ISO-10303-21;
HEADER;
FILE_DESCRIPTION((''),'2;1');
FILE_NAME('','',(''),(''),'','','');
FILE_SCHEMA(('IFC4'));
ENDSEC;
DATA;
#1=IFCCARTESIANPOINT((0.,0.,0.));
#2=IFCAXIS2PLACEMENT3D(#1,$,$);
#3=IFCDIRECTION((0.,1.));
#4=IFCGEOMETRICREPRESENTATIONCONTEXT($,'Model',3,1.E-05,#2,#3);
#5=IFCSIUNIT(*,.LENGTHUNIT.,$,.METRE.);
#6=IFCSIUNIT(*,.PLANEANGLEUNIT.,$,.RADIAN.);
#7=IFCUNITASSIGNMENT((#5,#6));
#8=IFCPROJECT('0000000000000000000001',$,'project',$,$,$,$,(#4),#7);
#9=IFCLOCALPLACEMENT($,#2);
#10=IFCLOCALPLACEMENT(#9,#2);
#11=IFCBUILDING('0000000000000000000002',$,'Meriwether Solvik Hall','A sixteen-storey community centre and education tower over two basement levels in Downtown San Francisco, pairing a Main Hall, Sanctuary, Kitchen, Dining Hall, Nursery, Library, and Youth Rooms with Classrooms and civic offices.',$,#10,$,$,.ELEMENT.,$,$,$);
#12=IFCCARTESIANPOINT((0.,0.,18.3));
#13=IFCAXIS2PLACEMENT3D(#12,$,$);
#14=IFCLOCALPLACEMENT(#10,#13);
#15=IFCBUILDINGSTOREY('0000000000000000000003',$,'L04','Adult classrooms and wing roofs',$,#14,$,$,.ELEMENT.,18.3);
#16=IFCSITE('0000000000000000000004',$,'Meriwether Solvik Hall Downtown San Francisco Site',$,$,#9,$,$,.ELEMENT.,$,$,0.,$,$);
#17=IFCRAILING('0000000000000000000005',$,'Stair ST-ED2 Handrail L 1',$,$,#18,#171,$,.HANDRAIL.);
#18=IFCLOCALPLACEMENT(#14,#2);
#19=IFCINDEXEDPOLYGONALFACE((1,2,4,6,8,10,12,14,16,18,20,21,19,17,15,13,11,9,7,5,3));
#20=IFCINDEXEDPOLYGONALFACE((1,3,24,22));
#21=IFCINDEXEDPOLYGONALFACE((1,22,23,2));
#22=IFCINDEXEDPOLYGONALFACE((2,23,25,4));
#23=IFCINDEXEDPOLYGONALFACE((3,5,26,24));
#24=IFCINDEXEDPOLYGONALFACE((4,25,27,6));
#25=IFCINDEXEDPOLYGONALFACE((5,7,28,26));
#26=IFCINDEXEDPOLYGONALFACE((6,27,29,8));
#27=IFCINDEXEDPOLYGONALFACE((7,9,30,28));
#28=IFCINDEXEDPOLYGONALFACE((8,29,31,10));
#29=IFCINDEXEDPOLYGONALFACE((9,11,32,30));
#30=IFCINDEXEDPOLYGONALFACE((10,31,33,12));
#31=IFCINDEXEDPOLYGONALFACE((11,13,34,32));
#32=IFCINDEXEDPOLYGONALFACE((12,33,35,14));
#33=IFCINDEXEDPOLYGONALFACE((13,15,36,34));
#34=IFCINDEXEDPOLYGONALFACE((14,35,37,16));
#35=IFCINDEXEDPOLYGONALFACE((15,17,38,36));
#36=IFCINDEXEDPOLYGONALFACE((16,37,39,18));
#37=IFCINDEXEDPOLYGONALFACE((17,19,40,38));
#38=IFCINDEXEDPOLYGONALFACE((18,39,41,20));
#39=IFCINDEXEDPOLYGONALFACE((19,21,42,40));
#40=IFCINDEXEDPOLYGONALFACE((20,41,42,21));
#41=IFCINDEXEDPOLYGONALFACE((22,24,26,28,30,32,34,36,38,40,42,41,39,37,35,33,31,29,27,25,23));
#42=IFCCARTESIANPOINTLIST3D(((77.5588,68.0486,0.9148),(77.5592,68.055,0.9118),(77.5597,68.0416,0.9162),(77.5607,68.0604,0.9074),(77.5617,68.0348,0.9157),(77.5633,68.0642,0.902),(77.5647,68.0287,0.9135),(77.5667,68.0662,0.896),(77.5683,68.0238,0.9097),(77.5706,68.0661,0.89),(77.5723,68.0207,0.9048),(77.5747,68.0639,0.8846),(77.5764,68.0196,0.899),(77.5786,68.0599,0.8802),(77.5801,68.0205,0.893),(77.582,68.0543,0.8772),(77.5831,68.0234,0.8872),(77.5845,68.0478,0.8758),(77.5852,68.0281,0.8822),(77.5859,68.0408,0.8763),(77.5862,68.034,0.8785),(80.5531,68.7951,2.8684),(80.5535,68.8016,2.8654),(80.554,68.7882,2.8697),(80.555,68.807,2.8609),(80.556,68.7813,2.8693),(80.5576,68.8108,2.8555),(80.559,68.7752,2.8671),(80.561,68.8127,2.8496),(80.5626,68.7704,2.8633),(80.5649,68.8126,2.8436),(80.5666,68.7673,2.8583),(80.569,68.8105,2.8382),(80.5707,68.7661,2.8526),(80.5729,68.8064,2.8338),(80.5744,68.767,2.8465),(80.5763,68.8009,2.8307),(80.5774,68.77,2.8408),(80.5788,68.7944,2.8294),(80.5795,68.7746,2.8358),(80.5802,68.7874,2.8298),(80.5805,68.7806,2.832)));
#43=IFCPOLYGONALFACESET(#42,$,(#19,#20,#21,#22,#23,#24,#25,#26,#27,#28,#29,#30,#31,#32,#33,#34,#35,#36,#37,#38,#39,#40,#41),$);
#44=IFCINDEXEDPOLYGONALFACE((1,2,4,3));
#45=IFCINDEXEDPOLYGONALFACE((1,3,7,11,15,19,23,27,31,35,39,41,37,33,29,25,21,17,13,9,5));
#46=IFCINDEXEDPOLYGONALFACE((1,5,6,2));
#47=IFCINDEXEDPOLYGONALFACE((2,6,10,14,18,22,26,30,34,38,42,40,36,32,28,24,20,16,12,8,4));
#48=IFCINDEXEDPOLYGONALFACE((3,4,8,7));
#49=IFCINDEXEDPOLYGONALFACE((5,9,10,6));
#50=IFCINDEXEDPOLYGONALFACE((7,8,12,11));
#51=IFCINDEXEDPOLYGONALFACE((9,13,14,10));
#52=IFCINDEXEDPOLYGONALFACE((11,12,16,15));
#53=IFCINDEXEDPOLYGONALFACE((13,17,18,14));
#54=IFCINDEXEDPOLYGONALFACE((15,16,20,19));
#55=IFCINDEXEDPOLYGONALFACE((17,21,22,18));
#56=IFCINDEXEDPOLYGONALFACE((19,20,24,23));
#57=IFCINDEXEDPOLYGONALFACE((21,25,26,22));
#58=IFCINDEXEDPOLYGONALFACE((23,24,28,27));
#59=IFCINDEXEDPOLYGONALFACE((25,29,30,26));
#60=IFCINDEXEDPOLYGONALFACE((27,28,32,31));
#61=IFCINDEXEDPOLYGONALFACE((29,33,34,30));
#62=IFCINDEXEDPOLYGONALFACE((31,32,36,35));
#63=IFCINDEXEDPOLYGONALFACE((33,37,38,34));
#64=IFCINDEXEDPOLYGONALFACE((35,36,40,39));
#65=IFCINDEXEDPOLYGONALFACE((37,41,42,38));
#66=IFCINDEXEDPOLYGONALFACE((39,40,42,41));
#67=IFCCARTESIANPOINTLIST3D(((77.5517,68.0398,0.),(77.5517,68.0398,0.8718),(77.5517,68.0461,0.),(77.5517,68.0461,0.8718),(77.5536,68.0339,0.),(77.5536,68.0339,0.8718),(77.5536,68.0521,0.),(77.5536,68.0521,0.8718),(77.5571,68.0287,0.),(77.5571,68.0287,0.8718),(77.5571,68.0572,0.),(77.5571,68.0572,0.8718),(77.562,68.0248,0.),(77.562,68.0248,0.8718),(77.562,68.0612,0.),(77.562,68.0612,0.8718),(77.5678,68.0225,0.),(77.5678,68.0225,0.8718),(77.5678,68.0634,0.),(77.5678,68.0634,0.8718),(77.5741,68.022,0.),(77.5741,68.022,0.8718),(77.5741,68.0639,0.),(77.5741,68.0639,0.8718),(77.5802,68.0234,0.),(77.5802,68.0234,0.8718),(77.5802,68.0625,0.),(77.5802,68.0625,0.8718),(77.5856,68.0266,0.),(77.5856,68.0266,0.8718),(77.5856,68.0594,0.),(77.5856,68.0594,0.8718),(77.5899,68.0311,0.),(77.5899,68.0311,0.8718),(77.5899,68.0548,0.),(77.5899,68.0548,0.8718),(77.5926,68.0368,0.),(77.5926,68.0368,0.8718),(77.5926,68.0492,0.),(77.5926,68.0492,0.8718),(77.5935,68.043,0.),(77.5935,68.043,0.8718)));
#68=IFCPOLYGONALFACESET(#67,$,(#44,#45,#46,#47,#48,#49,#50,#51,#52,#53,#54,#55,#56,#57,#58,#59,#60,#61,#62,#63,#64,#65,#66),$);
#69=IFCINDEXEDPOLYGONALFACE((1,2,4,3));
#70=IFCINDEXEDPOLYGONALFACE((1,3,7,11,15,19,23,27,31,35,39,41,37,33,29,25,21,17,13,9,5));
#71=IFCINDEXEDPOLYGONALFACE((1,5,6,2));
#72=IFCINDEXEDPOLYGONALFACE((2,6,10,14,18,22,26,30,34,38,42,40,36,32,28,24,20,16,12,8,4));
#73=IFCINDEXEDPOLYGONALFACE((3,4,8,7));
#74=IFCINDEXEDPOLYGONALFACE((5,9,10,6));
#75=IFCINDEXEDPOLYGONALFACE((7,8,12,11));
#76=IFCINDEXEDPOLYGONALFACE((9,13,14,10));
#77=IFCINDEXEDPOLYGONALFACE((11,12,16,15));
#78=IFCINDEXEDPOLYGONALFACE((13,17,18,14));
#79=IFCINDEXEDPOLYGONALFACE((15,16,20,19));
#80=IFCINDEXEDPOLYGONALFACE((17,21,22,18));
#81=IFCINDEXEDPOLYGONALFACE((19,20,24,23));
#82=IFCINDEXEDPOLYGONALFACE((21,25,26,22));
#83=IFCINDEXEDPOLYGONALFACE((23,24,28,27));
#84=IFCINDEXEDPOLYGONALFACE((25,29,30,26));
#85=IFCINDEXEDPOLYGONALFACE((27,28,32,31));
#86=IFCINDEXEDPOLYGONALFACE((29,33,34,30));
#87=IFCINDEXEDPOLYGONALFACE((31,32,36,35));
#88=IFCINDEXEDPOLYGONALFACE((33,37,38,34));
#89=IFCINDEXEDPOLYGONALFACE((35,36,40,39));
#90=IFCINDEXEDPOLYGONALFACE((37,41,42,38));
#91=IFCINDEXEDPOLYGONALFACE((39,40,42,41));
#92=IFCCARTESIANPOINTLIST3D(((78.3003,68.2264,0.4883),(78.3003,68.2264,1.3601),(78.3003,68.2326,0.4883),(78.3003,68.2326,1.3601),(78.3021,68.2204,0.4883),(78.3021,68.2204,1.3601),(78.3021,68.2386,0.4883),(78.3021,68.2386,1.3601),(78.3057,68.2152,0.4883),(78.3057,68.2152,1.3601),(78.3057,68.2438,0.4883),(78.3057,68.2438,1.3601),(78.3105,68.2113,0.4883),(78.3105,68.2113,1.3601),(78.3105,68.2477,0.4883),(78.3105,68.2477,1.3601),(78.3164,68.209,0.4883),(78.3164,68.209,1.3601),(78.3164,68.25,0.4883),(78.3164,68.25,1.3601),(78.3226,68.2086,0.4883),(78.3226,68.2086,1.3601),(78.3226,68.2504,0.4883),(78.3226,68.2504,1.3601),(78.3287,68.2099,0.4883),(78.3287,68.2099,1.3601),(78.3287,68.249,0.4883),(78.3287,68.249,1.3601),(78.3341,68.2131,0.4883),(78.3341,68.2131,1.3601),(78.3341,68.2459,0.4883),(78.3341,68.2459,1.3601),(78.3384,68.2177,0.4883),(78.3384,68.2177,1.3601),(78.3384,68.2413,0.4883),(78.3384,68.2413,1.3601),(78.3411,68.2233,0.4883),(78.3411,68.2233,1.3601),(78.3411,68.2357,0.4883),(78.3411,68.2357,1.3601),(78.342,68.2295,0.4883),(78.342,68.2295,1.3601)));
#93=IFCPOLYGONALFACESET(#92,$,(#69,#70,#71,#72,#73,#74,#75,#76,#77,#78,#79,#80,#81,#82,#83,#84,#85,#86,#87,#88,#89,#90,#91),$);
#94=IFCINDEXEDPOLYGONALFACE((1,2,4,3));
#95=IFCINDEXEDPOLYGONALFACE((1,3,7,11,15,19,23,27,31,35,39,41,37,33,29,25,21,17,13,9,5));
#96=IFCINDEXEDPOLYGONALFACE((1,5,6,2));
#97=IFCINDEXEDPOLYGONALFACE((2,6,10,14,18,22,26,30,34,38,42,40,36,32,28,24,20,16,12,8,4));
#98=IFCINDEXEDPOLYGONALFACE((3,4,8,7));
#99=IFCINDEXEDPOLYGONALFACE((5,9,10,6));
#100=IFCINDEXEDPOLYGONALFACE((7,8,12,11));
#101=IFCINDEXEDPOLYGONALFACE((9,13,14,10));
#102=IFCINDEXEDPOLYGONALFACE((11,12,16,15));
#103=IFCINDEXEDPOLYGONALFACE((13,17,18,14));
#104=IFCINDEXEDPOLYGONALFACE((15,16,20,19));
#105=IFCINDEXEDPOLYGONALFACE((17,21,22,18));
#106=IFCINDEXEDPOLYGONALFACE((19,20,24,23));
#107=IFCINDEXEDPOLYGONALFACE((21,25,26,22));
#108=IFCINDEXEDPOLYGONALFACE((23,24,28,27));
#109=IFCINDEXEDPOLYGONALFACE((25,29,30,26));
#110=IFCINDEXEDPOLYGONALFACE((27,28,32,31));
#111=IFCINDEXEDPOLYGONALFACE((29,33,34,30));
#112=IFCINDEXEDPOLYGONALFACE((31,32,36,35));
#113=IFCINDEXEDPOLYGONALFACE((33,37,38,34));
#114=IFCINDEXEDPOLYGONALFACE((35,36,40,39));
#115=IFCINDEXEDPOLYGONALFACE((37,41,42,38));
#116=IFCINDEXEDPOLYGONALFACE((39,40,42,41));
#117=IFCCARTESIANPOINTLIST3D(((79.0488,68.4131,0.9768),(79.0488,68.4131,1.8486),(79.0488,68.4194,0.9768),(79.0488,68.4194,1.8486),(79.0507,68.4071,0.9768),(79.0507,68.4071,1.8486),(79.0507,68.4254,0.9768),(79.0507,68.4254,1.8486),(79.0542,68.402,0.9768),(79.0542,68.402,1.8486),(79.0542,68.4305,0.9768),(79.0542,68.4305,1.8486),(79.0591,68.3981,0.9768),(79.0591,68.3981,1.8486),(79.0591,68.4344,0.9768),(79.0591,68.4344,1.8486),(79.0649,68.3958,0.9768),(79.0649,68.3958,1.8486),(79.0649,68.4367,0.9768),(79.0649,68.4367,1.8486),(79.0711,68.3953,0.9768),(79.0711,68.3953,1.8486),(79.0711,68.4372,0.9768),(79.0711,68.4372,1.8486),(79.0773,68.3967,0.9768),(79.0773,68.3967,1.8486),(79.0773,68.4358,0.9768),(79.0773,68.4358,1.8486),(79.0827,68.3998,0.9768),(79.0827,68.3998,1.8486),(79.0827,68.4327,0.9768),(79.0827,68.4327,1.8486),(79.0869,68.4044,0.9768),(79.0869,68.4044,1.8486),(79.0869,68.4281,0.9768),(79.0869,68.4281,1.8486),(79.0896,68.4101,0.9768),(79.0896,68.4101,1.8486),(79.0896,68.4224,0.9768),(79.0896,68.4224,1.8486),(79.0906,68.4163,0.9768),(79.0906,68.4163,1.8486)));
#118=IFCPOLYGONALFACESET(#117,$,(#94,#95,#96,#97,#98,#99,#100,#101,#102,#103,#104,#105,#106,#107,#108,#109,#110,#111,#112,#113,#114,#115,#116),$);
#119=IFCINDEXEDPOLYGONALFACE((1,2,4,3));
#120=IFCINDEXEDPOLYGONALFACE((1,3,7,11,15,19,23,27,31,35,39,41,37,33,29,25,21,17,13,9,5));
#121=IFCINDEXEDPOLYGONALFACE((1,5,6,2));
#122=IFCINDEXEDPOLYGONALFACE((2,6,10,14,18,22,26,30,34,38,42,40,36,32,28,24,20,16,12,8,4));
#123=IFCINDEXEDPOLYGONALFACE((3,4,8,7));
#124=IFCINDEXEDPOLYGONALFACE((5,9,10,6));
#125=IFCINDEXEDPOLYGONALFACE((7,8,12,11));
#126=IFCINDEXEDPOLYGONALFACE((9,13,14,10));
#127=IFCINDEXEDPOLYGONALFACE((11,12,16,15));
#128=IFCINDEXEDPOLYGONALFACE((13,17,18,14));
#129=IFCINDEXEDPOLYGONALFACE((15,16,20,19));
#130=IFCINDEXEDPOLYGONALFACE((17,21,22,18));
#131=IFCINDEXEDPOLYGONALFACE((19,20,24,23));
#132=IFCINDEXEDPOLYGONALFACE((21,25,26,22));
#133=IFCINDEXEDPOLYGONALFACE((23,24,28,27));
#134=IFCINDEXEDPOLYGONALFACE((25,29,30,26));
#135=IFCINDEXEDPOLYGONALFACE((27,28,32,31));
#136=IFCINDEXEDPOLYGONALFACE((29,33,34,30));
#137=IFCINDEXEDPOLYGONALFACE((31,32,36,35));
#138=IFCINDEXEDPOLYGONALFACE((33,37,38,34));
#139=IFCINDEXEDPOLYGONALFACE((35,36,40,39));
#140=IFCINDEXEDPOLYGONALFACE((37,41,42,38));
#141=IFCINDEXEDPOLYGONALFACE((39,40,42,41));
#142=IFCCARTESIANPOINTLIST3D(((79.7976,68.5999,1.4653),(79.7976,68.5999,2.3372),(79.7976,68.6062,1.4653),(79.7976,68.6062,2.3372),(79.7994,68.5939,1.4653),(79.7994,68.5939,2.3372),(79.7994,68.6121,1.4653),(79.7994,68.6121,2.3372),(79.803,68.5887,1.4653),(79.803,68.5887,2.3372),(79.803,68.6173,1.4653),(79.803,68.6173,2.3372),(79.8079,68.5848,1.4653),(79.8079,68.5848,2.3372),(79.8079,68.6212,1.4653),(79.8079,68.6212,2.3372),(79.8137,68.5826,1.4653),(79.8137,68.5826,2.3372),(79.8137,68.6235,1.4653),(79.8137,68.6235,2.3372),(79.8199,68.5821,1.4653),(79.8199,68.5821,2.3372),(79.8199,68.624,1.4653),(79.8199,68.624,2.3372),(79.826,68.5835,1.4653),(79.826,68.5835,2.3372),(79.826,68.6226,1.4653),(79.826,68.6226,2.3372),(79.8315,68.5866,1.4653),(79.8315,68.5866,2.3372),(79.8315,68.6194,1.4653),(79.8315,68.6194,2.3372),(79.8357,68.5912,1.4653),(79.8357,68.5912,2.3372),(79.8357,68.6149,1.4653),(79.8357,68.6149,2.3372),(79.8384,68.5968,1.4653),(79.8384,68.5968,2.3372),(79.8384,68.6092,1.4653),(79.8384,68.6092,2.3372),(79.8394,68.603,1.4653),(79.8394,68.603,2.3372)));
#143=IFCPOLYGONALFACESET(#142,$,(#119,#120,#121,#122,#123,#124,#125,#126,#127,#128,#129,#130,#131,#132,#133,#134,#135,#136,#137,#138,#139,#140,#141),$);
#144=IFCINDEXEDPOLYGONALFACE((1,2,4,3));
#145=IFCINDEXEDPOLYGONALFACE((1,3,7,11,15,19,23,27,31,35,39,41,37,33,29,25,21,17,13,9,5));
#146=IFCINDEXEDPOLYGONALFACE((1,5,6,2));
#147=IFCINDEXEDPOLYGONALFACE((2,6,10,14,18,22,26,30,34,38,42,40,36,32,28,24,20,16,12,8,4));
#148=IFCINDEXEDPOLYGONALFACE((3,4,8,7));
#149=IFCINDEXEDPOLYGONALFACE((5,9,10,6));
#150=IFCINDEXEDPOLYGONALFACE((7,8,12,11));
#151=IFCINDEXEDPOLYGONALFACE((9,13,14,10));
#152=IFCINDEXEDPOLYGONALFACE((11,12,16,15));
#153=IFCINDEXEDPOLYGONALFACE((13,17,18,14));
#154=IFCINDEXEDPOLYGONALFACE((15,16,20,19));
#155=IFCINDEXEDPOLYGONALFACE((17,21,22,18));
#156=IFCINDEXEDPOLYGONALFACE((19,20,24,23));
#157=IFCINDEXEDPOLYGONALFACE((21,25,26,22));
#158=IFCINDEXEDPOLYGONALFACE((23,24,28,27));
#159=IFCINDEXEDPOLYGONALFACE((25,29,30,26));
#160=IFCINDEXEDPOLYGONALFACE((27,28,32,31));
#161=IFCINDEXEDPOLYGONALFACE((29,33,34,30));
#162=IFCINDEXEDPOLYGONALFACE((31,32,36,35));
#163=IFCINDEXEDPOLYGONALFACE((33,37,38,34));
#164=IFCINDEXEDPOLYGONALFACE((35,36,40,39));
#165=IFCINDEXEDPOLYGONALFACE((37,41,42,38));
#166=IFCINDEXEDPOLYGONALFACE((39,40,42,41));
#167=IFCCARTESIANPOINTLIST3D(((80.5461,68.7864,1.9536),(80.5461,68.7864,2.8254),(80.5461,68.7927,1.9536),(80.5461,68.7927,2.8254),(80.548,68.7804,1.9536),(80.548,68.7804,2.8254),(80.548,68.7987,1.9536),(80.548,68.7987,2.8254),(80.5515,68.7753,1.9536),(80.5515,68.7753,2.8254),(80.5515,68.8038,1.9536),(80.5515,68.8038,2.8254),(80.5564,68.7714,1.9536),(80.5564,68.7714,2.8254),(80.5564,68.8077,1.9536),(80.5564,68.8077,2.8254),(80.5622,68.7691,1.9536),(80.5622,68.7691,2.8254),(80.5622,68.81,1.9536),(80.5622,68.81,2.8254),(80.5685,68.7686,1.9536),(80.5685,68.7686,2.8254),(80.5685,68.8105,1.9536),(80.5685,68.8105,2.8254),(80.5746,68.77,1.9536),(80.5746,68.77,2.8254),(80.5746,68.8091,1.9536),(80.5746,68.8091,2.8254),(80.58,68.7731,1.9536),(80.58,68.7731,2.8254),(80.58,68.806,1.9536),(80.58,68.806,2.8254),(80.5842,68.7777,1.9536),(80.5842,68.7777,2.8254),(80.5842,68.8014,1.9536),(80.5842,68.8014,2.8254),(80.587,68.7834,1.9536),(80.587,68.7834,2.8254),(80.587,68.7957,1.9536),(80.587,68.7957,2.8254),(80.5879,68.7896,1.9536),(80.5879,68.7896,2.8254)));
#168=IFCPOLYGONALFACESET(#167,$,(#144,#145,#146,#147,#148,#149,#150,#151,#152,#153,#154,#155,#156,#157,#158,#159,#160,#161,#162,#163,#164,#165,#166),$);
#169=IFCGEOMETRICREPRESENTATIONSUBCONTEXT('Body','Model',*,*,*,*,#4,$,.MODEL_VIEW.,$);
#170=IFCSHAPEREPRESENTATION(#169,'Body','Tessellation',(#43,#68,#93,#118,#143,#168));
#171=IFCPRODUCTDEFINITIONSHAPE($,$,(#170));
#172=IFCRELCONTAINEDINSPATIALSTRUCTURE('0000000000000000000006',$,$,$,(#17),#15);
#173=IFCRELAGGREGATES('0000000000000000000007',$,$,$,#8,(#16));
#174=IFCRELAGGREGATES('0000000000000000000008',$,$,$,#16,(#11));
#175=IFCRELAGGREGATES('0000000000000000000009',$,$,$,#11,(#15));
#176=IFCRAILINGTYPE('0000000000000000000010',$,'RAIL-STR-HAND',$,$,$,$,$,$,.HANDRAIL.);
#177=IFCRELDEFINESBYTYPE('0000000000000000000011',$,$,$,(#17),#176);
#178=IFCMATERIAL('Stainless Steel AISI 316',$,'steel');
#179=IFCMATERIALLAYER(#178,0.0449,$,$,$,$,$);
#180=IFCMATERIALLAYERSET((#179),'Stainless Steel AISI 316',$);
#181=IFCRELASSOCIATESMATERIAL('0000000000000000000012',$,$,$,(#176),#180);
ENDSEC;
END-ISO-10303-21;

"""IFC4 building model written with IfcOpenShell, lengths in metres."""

from ifc_helpers import new_model, si_unit, direction, frame, origin, origin_2d, place, context, subcontext, project, spatial, circle, extrude, material, layer, layer_set, type_object, element, save


model = new_model("IFC4")

# Units and contexts
model_context = context("Model", 3, precision=1e-05, world=origin(), true_north=direction((0.0, 1.0)))
body_context = subcontext(model_context, "Body", "Model", "MODEL_VIEW")
ifc_project = project(units=[si_unit("LENGTHUNIT", "METRE"), si_unit("PLANEANGLEUNIT", "RADIAN")], contexts=[model_context])

# Site, building, storey
site_placement = place(None, origin())
site = spatial("IfcSite", under=ifc_project, at=site_placement, Name="Meriwether Solvik Hall Downtown San Francisco Site", CompositionType="ELEMENT", RefElevation=0.0)
building_placement = place(site_placement, origin())
building = spatial("IfcBuilding", under=site, at=building_placement, Name="Meriwether Solvik Hall", Description="A sixteen-storey community centre and education tower over two basement levels in Downtown San Francisco, pairing a Main Hall, Sanctuary, Kitchen, Dining Hall, Nursery, Library, and Youth Rooms with Classrooms and civic offices.", CompositionType="ELEMENT")
storey_placement = place(building_placement, frame((0.0, 0.0, 18.3)))
storey = spatial("IfcBuildingStorey", under=building, at=storey_placement, Name="L04", Description="Adult classrooms and wing roofs", CompositionType="ELEMENT", Elevation=18.3)

# Railing
ifc_material_1 = material(Name="Stainless Steel AISI 316", Category="steel")
ifc_layer_1 = layer(ifc_material_1, 0.0449)
ifc_layer_set_1 = layer_set([ifc_layer_1], Name="Stainless Steel AISI 316")
railing_type_1 = type_object("IfcRailingType", Name="RAIL-STR-HAND", PredefinedType="HANDRAIL", material=ifc_layer_set_1)
railing_1_placement = place(storey_placement, frame((77.5725, 68.043, 0.0)))
element("IfcRailing", 1, at=railing_1_placement, inside=storey, type_object=railing_type_1, Name="Stair ST-ED2 Handrail L 1", PredefinedType="HANDRAIL", context=body_context, shape_type="SweptSolid", body=[
    extrude(circle(Radius=0.0239, at=origin_2d()), frame((0.0, 0.0, 0.896), z_axis=(0.819831, 0.204406, 0.534879), x_axis=(-0.241921, 0.970296, 0.0)), (0.0, 0.0, 1.0), 3.6523),
    extrude(circle(Radius=0.021, at=origin_2d()), origin(), (0.0, 0.0, 1.0), 0.8718),
    extrude(circle(Radius=0.021, at=origin_2d()), frame((0.7485, 0.1865, 0.4883)), (0.0, 0.0, 1.0), 0.8718),
    extrude(circle(Radius=0.021, at=origin_2d()), frame((1.4971, 0.3733, 0.9768)), (0.0, 0.0, 1.0), 0.8718),
    extrude(circle(Radius=0.021, at=origin_2d()), frame((2.2458, 0.5601, 1.4653)), (0.0, 0.0, 1.0), 0.8718),
    extrude(circle(Radius=0.021, at=origin_2d()), frame((2.9944, 0.7466, 1.9536)), (0.0, 0.0, 1.0), 0.8718),
])

save(model, "model.ifc")
